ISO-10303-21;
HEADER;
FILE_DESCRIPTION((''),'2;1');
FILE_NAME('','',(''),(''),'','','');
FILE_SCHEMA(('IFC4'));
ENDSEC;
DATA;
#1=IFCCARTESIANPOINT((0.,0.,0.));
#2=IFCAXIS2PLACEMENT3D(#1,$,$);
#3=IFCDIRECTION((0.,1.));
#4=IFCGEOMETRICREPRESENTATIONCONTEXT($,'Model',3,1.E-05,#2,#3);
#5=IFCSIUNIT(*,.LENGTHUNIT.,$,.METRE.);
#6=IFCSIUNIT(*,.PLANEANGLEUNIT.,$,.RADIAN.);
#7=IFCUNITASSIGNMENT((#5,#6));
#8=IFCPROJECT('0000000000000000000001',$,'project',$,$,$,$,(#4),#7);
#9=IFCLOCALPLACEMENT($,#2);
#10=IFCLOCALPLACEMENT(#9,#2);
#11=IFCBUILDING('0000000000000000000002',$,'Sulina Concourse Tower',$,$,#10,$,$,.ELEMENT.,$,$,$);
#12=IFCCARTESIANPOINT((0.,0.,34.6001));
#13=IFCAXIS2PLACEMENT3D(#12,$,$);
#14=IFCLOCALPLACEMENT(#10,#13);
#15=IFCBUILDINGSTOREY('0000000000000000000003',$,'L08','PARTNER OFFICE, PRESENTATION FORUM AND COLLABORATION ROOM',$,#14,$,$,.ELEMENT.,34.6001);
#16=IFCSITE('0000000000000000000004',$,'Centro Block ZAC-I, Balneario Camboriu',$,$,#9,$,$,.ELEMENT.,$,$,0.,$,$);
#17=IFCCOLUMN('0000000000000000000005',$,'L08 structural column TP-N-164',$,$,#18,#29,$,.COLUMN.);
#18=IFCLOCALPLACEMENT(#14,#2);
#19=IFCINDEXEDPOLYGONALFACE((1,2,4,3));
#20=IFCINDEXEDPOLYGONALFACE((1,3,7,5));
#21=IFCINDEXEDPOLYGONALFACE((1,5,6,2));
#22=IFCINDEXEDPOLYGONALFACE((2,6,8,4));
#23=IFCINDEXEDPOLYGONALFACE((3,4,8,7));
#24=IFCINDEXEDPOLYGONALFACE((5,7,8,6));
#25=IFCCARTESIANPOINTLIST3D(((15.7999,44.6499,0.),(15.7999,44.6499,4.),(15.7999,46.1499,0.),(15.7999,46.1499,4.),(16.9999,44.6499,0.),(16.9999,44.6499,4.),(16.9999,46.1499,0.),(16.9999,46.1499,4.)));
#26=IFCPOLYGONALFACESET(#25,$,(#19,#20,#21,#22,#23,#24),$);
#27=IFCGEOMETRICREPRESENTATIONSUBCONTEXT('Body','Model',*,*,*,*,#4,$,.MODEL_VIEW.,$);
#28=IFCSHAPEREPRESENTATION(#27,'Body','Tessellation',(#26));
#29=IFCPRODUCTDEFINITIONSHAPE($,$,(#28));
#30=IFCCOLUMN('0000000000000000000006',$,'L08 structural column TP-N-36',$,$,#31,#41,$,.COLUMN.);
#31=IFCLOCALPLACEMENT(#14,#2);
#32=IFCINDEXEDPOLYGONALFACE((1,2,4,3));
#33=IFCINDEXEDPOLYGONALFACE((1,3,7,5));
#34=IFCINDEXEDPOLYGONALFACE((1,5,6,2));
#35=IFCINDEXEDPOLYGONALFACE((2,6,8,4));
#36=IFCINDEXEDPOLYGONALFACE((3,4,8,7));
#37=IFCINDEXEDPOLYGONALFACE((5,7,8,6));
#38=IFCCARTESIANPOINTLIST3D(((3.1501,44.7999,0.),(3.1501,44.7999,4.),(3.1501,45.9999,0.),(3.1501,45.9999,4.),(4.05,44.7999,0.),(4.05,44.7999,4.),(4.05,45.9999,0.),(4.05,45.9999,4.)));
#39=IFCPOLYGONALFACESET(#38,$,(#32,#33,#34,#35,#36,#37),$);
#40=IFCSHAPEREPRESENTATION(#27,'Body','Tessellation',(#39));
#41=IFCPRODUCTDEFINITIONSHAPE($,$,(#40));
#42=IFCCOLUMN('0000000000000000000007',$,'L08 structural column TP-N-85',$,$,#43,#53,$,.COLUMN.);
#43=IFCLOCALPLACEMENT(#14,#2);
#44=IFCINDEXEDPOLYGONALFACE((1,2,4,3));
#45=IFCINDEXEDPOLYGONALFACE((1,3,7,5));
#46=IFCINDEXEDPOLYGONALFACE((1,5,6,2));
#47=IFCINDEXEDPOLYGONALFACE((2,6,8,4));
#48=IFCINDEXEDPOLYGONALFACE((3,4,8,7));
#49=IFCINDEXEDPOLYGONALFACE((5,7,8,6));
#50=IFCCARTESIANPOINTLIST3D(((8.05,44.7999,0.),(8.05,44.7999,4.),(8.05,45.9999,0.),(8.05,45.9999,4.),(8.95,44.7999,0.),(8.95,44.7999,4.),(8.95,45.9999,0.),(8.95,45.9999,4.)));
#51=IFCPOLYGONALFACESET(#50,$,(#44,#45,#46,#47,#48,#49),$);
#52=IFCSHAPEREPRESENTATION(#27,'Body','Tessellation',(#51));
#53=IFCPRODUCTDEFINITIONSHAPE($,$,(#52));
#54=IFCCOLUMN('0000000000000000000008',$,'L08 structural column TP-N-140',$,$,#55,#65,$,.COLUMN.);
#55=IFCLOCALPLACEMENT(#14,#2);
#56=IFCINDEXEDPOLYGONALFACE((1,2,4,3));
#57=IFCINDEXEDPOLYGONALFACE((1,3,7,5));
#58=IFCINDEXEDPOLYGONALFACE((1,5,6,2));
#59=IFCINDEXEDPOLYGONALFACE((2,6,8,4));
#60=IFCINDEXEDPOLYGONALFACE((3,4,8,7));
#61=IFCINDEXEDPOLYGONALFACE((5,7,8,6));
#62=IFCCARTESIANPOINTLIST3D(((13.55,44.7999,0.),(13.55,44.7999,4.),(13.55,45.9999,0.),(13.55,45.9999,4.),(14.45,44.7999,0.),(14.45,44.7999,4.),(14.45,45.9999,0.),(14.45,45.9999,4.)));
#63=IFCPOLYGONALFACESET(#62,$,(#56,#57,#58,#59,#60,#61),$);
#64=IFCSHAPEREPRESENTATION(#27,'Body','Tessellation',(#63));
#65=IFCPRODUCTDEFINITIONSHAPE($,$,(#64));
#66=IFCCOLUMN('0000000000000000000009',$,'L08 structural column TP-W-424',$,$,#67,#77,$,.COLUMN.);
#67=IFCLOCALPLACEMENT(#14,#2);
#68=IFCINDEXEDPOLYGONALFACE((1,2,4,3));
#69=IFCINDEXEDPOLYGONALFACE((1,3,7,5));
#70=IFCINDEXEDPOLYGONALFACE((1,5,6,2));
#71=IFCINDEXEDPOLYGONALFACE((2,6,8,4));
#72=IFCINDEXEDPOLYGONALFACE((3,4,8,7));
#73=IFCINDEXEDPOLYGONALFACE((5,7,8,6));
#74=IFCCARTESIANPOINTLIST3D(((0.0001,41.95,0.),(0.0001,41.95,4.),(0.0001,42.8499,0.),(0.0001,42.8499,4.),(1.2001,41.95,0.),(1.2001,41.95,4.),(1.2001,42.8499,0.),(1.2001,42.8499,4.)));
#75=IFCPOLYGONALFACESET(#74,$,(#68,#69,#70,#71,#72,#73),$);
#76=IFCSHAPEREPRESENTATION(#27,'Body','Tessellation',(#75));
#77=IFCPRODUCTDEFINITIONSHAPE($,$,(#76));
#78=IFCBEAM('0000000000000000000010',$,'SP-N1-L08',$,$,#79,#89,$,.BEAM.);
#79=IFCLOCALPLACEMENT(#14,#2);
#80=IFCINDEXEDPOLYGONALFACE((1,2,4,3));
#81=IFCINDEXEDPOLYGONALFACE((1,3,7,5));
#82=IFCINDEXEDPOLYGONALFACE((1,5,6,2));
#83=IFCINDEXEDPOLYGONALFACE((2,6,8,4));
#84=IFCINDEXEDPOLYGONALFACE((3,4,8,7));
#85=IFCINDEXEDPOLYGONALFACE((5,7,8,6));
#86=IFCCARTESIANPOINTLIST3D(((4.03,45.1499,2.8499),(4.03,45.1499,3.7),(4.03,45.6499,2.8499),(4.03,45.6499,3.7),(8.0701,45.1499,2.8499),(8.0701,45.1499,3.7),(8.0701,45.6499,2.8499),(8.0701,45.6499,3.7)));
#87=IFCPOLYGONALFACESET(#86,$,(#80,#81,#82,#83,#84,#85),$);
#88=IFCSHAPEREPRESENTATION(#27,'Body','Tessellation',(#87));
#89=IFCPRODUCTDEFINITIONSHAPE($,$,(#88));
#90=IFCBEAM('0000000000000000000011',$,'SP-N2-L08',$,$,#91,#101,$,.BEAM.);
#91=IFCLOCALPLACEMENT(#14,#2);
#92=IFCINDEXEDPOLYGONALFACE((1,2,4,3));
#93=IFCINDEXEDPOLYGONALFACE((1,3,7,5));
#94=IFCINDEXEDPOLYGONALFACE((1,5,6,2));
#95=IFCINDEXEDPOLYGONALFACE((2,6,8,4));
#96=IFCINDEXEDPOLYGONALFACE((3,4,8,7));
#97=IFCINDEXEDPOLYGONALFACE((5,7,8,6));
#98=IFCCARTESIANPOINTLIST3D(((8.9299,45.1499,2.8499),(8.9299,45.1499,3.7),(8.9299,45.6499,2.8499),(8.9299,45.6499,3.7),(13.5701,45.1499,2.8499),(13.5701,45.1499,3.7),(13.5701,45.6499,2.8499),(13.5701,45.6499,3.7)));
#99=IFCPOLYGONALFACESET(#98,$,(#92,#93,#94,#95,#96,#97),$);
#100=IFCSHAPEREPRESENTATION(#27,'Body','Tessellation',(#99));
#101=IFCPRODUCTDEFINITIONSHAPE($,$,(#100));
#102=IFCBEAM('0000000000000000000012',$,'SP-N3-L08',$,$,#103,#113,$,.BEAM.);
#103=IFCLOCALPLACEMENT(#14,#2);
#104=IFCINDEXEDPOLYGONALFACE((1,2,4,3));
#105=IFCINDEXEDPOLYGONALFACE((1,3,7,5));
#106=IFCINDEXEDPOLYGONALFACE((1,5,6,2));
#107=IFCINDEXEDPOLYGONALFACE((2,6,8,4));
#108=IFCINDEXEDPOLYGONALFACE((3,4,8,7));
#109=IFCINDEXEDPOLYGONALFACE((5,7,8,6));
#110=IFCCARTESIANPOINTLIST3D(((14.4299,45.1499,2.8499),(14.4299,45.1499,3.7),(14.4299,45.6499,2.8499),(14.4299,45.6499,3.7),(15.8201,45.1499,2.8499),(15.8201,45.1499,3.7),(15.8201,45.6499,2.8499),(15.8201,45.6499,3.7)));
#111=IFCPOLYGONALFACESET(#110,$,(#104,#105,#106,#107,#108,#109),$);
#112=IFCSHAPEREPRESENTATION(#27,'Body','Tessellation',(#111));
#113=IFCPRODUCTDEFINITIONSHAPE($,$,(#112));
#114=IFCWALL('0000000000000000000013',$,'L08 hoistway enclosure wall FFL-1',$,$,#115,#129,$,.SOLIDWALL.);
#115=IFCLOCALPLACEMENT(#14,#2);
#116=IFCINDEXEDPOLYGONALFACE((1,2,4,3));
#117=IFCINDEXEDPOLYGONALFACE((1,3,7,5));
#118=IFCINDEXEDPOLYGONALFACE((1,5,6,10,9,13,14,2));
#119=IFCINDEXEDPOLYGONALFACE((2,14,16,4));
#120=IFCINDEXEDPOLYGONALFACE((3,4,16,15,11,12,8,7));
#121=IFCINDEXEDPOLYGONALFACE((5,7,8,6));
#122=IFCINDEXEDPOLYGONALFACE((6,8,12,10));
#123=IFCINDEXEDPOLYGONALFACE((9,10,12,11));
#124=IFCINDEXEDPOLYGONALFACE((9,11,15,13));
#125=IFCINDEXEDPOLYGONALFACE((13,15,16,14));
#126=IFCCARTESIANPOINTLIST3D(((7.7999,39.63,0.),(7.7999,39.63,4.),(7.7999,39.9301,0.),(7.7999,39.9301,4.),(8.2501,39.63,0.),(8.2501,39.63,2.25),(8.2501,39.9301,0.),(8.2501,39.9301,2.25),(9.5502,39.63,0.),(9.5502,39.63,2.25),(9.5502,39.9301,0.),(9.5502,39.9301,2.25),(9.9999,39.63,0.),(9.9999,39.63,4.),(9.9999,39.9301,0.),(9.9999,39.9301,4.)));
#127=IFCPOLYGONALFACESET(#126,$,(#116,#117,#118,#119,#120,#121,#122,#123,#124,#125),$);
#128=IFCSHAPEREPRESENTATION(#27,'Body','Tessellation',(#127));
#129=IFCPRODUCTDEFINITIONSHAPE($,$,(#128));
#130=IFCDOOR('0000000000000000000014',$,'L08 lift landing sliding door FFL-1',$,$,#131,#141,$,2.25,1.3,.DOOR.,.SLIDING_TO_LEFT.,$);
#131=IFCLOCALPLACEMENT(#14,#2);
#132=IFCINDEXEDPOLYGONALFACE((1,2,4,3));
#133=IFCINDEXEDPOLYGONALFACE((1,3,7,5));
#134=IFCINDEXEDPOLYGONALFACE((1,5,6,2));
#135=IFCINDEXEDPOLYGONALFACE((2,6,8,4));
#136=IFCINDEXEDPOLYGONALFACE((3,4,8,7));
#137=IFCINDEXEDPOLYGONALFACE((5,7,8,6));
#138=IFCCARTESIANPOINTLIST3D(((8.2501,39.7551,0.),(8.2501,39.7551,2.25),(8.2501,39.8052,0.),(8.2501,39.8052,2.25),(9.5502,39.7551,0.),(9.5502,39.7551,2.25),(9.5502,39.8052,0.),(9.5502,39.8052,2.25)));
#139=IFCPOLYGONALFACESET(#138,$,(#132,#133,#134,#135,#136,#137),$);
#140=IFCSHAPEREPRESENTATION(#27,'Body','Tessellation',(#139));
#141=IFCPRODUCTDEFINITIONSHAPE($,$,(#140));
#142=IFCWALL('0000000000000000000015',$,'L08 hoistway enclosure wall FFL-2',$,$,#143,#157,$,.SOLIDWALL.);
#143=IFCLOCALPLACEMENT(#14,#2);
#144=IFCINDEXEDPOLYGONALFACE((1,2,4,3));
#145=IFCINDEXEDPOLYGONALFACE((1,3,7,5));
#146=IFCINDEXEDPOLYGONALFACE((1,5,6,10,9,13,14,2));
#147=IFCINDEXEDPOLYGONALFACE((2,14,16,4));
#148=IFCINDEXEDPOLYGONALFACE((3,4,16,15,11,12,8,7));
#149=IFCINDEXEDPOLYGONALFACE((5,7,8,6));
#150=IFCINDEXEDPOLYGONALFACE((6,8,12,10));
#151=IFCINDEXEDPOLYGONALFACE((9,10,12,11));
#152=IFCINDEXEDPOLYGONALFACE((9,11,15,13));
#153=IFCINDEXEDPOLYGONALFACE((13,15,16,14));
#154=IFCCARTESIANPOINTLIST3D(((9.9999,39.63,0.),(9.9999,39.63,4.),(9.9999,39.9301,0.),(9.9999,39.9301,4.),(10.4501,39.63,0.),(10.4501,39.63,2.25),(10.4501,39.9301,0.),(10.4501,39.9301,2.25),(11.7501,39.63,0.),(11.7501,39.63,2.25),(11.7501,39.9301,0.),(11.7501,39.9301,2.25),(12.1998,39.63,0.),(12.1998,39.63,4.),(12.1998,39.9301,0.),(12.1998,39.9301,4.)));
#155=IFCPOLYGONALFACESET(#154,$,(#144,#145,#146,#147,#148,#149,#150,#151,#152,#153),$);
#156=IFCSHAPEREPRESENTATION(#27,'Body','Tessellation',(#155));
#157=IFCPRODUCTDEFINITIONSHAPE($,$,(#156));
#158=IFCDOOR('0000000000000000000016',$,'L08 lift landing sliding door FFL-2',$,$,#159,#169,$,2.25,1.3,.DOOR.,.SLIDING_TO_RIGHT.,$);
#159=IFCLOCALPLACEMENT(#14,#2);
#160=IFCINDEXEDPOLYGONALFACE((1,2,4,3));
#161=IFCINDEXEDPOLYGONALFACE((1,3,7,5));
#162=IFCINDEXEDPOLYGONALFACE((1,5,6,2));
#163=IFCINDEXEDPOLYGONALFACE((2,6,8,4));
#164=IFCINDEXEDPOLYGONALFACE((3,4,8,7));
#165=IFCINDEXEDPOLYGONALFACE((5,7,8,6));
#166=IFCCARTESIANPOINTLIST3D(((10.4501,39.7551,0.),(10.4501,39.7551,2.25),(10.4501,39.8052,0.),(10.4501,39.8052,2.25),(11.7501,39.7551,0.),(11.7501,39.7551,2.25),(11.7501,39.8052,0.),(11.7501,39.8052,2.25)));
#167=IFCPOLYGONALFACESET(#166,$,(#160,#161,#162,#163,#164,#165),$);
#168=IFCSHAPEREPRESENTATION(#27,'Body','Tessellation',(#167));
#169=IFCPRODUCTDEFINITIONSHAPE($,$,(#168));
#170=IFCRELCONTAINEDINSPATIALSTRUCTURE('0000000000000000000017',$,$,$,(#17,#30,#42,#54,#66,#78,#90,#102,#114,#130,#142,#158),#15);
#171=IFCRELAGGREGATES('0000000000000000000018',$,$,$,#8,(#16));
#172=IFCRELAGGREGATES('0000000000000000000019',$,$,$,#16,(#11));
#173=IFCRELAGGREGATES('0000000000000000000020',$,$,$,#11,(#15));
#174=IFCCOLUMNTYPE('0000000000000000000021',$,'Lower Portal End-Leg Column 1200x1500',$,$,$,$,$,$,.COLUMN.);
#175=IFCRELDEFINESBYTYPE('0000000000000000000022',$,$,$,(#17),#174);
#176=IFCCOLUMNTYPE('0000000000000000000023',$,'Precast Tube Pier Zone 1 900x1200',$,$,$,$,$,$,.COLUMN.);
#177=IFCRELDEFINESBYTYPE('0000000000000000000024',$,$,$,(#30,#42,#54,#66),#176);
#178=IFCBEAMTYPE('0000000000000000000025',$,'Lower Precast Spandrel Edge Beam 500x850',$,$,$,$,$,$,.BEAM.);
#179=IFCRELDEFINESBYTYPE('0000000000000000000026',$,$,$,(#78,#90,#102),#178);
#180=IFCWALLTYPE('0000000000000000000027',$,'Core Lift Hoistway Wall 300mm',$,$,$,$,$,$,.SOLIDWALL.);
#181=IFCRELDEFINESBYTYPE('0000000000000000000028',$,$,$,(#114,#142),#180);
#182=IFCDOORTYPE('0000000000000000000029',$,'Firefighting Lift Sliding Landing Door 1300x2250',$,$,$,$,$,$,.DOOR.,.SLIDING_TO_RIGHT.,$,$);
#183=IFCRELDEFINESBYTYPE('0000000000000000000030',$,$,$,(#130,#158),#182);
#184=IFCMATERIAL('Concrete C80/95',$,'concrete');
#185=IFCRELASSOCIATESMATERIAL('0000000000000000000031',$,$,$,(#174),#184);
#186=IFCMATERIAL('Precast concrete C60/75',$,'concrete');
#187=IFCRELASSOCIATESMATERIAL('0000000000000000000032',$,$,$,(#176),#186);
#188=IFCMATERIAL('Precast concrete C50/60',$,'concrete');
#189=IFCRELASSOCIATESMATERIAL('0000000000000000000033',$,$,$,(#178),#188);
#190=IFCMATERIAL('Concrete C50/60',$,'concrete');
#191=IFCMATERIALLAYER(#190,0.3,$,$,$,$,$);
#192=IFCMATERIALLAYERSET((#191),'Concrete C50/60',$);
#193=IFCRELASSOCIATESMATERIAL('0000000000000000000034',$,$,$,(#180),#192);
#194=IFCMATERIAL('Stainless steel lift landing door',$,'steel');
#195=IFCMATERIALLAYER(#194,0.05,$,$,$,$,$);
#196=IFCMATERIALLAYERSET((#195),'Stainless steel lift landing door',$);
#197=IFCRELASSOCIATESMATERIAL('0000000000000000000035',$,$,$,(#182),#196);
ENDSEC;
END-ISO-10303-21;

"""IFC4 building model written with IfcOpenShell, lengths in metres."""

from ifc_helpers import new_model, si_unit, direction, frame, frame_2d, origin, origin_2d, place, context, subcontext, project, spatial, rectangle, extrude, material, layer, layer_set, material_profile, profile_set, type_object, element, fill, save


model = new_model("IFC4")

# Units and contexts
model_context = context("Model", 3, precision=1e-05, world=origin(), true_north=direction((0.0, 1.0)))
body_context = subcontext(model_context, "Body", "Model", "MODEL_VIEW")
ifc_project = project(units=[si_unit("LENGTHUNIT", "METRE"), si_unit("PLANEANGLEUNIT", "RADIAN")], contexts=[model_context])

# Site, building, storey
site_placement = place(None, origin())
site = spatial("IfcSite", under=ifc_project, at=site_placement, Name="Centro Block ZAC-I, Balneario Camboriu", CompositionType="ELEMENT", RefElevation=0.0)
building_placement = place(site_placement, origin())
building = spatial("IfcBuilding", under=site, at=building_placement, Name="Sulina Concourse Tower", CompositionType="ELEMENT")
storey_placement = place(building_placement, frame((0.0, 0.0, 34.6001)))
storey = spatial("IfcBuildingStorey", under=building, at=storey_placement, Name="L08", Description="PARTNER OFFICE, PRESENTATION FORUM AND COLLABORATION ROOM", CompositionType="ELEMENT", Elevation=34.6001)

# Columns
ifc_material_1 = material(Name="Concrete C80/95", Category="concrete")
ifc_material_profile_1 = material_profile(ifc_material_1, rectangle(XDim=1.2, YDim=1.5, at=origin_2d()), Name="RC 1200x1500")
ifc_profile_set_1 = profile_set([ifc_material_profile_1], Name="Concrete C80/95")
column_type_1 = type_object("IfcColumnType", Name="Lower Portal End-Leg Column 1200x1500", PredefinedType="COLUMN", material=ifc_profile_set_1)
column_placement = place(storey_placement, frame((16.3999, 45.3999, 0.0), z_axis=(0.0, 0.0, 1.0), x_axis=(1.0, 0.0, 0.0)))
element("IfcColumn", 1, at=column_placement, inside=storey, type_object=column_type_1, Name="L08 structural column TP-N-164", PredefinedType="COLUMN", context=body_context, shape_type="SweptSolid", body=[
    extrude(rectangle(XDim=1.2, YDim=1.5, at=origin_2d()), origin(), (0.0, 0.0, 1.0), 4.0),
])
ifc_material_2 = material(Name="Precast concrete C60/75", Category="concrete")
ifc_material_profile_2 = material_profile(ifc_material_2, rectangle(XDim=0.8999, YDim=1.2, at=origin_2d()), Name="PC 900x1200")
ifc_profile_set_2 = profile_set([ifc_material_profile_2], Name="Precast concrete C60/75")
column_type_2 = type_object("IfcColumnType", Name="Precast Tube Pier Zone 1 900x1200", PredefinedType="COLUMN", material=ifc_profile_set_2)
for number, where, z_axis, x_axis, name in (
    (2, (3.6001, 45.3999, 0.0), (0.0, 0.0, 1.0), (1.0, 0.0, 0.0), "L08 structural column TP-N-36"),
    (3, (8.5, 45.3999, 0.0), (0.0, 0.0, 1.0), (1.0, 0.0, 0.0), "L08 structural column TP-N-85"),
    (4, (14.0, 45.3999, 0.0), (0.0, 0.0, 1.0), (1.0, 0.0, 0.0), "L08 structural column TP-N-140"),
    (5, (0.6001, 42.3999, 0.0), (0.0, 0.0, 1.0), (0.0, 1.0, 0.0), "L08 structural column TP-W-424"),
):
    element("IfcColumn", number, at=place(storey_placement, frame(where, z_axis=z_axis, x_axis=x_axis)), inside=storey, type_object=column_type_2, Name=name, PredefinedType="COLUMN", context=body_context, shape_type="SweptSolid", body=[
        extrude(rectangle(XDim=0.8999, YDim=1.2, at=origin_2d()), origin(), (0.0, 0.0, 1.0), 4.0),
    ])

# Beams
ifc_material_3 = material(Name="Precast concrete C50/60", Category="concrete")
ifc_material_profile_3 = material_profile(ifc_material_3, rectangle(XDim=0.5, YDim=0.8501, at=origin_2d()), Name="RC 500x850")
ifc_profile_set_3 = profile_set([ifc_material_profile_3], Name="Precast concrete C50/60")
beam_type = type_object("IfcBeamType", Name="Lower Precast Spandrel Edge Beam 500x850", PredefinedType="BEAM", material=ifc_profile_set_3)
beam_1_placement = place(storey_placement, frame((4.03, 45.3999, 3.2749), z_axis=(1.0, 0.0, 0.0), x_axis=(0.0, 1.0, 0.0)))
element("IfcBeam", 6, at=beam_1_placement, inside=storey, type_object=beam_type, Name="SP-N1-L08", PredefinedType="BEAM", context=body_context, shape_type="SweptSolid", body=[
    extrude(rectangle(XDim=0.5, YDim=0.8501, at=origin_2d()), origin(), (0.0, 0.0, 1.0), 4.04),
])
beam_2_placement = place(storey_placement, frame((8.9299, 45.3999, 3.2749), z_axis=(1.0, 0.0, 0.0), x_axis=(0.0, 1.0, 0.0)))
element("IfcBeam", 7, at=beam_2_placement, inside=storey, type_object=beam_type, Name="SP-N2-L08", PredefinedType="BEAM", context=body_context, shape_type="SweptSolid", body=[
    extrude(rectangle(XDim=0.5, YDim=0.8501, at=origin_2d()), origin(), (0.0, 0.0, 1.0), 4.6401),
])
beam_3_placement = place(storey_placement, frame((14.4299, 45.3999, 3.2749), z_axis=(1.0, 0.0, 0.0), x_axis=(0.0, 1.0, 0.0)))
element("IfcBeam", 8, at=beam_3_placement, inside=storey, type_object=beam_type, Name="SP-N3-L08", PredefinedType="BEAM", context=body_context, shape_type="SweptSolid", body=[
    extrude(rectangle(XDim=0.5, YDim=0.8501, at=origin_2d()), origin(), (0.0, 0.0, 1.0), 1.3901),
])

# Walls, openings, doors
ifc_material_4 = material(Name="Concrete C50/60", Category="concrete")
ifc_layer_1 = layer(ifc_material_4, 0.3)
ifc_layer_set_1 = layer_set([ifc_layer_1], Name="Concrete C50/60")
wall_type_1 = type_object("IfcWallType", Name="Core Lift Hoistway Wall 300mm", PredefinedType="SOLIDWALL", material=ifc_layer_set_1)
wall_1_placement = place(storey_placement, frame((10.0, 39.78, 0.0), z_axis=(0.0, 0.0, 1.0), x_axis=(-1.0, 0.0, 0.0)))
wall_1 = element("IfcWall", 9, at=wall_1_placement, inside=storey, type_object=wall_type_1, Name="L08 hoistway enclosure wall FFL-1", PredefinedType="SOLIDWALL", context=body_context, shape_type="SweptSolid", body=[
    extrude(rectangle(XDim=2.2, YDim=0.3, at=frame_2d((1.1001, 0.0))), origin(), (0.0, 0.0, 1.0), 4.0),
])
opening_1_placement = place(wall_1_placement, frame((0.45, 0.0, 0.0)))
opening_1 = element("IfcOpeningElement", 10, at=opening_1_placement, cuts=wall_1, PredefinedType="OPENING", context=body_context, shape_type="SweptSolid", body=[
    extrude(rectangle(XDim=1.3, YDim=2.25, at=frame_2d((0.6499, 1.125))), frame((0.0, 0.1599, 0.0), z_axis=(0.0, -1.0, 0.0), x_axis=(1.0, 0.0, 0.0)), (0.0, 0.0, 1.0), 0.3201),
])
ifc_material_5 = material(Name="Stainless steel lift landing door", Category="steel")
ifc_layer_2 = layer(ifc_material_5, 0.05)
ifc_layer_set_2 = layer_set([ifc_layer_2], Name="Stainless steel lift landing door")
door_type_1 = type_object("IfcDoorType", Name="Firefighting Lift Sliding Landing Door 1300x2250", OperationType="SLIDING_TO_RIGHT", PredefinedType="DOOR", material=ifc_layer_set_2)
door_1_placement = place(opening_1_placement, origin())
door_1 = element("IfcDoor", 11, at=door_1_placement, inside=storey, type_object=door_type_1, Name="L08 lift landing sliding door FFL-1", OperationType="SLIDING_TO_LEFT", OverallHeight=2.25, OverallWidth=1.3, PredefinedType="DOOR", context=body_context, shape_type="SweptSolid", body=[
    extrude(rectangle(XDim=1.3, YDim=2.25, at=frame_2d((0.6499, 1.125))), frame((0.0, 0.0249, 0.0), z_axis=(0.0, -1.0, 0.0), x_axis=(1.0, 0.0, 0.0)), (0.0, 0.0, 1.0), 0.05),
])
fill(opening_1, door_1)
wall_2_placement = place(storey_placement, frame((12.2, 39.78, 0.0), z_axis=(0.0, 0.0, 1.0), x_axis=(-1.0, 0.0, 0.0)))
wall_2 = element("IfcWall", 12, at=wall_2_placement, inside=storey, type_object=wall_type_1, Name="L08 hoistway enclosure wall FFL-2", PredefinedType="SOLIDWALL", context=body_context, shape_type="SweptSolid", body=[
    extrude(rectangle(XDim=2.2, YDim=0.3, at=frame_2d((1.1001, 0.0))), origin(), (0.0, 0.0, 1.0), 4.0),
])
opening_2_placement = place(wall_2_placement, frame((0.45, 0.0, 0.0)))
opening_2 = element("IfcOpeningElement", 13, at=opening_2_placement, cuts=wall_2, PredefinedType="OPENING", context=body_context, shape_type="SweptSolid", body=[
    extrude(rectangle(XDim=1.3, YDim=2.25, at=frame_2d((0.6499, 1.125))), frame((0.0, 0.1599, 0.0), z_axis=(0.0, -1.0, 0.0), x_axis=(1.0, 0.0, 0.0)), (0.0, 0.0, 1.0), 0.3201),
])
door_2_placement = place(opening_2_placement, origin())
door_2 = element("IfcDoor", 14, at=door_2_placement, inside=storey, type_object=door_type_1, Name="L08 lift landing sliding door FFL-2", OperationType="SLIDING_TO_RIGHT", OverallHeight=2.25, OverallWidth=1.3, PredefinedType="DOOR", context=body_context, shape_type="SweptSolid", body=[
    extrude(rectangle(XDim=1.3, YDim=2.25, at=frame_2d((0.6499, 1.125))), frame((0.0, 0.0249, 0.0), z_axis=(0.0, -1.0, 0.0), x_axis=(1.0, 0.0, 0.0)), (0.0, 0.0, 1.0), 0.05),
])
fill(opening_2, door_2)

save(model, "model.ifc")
